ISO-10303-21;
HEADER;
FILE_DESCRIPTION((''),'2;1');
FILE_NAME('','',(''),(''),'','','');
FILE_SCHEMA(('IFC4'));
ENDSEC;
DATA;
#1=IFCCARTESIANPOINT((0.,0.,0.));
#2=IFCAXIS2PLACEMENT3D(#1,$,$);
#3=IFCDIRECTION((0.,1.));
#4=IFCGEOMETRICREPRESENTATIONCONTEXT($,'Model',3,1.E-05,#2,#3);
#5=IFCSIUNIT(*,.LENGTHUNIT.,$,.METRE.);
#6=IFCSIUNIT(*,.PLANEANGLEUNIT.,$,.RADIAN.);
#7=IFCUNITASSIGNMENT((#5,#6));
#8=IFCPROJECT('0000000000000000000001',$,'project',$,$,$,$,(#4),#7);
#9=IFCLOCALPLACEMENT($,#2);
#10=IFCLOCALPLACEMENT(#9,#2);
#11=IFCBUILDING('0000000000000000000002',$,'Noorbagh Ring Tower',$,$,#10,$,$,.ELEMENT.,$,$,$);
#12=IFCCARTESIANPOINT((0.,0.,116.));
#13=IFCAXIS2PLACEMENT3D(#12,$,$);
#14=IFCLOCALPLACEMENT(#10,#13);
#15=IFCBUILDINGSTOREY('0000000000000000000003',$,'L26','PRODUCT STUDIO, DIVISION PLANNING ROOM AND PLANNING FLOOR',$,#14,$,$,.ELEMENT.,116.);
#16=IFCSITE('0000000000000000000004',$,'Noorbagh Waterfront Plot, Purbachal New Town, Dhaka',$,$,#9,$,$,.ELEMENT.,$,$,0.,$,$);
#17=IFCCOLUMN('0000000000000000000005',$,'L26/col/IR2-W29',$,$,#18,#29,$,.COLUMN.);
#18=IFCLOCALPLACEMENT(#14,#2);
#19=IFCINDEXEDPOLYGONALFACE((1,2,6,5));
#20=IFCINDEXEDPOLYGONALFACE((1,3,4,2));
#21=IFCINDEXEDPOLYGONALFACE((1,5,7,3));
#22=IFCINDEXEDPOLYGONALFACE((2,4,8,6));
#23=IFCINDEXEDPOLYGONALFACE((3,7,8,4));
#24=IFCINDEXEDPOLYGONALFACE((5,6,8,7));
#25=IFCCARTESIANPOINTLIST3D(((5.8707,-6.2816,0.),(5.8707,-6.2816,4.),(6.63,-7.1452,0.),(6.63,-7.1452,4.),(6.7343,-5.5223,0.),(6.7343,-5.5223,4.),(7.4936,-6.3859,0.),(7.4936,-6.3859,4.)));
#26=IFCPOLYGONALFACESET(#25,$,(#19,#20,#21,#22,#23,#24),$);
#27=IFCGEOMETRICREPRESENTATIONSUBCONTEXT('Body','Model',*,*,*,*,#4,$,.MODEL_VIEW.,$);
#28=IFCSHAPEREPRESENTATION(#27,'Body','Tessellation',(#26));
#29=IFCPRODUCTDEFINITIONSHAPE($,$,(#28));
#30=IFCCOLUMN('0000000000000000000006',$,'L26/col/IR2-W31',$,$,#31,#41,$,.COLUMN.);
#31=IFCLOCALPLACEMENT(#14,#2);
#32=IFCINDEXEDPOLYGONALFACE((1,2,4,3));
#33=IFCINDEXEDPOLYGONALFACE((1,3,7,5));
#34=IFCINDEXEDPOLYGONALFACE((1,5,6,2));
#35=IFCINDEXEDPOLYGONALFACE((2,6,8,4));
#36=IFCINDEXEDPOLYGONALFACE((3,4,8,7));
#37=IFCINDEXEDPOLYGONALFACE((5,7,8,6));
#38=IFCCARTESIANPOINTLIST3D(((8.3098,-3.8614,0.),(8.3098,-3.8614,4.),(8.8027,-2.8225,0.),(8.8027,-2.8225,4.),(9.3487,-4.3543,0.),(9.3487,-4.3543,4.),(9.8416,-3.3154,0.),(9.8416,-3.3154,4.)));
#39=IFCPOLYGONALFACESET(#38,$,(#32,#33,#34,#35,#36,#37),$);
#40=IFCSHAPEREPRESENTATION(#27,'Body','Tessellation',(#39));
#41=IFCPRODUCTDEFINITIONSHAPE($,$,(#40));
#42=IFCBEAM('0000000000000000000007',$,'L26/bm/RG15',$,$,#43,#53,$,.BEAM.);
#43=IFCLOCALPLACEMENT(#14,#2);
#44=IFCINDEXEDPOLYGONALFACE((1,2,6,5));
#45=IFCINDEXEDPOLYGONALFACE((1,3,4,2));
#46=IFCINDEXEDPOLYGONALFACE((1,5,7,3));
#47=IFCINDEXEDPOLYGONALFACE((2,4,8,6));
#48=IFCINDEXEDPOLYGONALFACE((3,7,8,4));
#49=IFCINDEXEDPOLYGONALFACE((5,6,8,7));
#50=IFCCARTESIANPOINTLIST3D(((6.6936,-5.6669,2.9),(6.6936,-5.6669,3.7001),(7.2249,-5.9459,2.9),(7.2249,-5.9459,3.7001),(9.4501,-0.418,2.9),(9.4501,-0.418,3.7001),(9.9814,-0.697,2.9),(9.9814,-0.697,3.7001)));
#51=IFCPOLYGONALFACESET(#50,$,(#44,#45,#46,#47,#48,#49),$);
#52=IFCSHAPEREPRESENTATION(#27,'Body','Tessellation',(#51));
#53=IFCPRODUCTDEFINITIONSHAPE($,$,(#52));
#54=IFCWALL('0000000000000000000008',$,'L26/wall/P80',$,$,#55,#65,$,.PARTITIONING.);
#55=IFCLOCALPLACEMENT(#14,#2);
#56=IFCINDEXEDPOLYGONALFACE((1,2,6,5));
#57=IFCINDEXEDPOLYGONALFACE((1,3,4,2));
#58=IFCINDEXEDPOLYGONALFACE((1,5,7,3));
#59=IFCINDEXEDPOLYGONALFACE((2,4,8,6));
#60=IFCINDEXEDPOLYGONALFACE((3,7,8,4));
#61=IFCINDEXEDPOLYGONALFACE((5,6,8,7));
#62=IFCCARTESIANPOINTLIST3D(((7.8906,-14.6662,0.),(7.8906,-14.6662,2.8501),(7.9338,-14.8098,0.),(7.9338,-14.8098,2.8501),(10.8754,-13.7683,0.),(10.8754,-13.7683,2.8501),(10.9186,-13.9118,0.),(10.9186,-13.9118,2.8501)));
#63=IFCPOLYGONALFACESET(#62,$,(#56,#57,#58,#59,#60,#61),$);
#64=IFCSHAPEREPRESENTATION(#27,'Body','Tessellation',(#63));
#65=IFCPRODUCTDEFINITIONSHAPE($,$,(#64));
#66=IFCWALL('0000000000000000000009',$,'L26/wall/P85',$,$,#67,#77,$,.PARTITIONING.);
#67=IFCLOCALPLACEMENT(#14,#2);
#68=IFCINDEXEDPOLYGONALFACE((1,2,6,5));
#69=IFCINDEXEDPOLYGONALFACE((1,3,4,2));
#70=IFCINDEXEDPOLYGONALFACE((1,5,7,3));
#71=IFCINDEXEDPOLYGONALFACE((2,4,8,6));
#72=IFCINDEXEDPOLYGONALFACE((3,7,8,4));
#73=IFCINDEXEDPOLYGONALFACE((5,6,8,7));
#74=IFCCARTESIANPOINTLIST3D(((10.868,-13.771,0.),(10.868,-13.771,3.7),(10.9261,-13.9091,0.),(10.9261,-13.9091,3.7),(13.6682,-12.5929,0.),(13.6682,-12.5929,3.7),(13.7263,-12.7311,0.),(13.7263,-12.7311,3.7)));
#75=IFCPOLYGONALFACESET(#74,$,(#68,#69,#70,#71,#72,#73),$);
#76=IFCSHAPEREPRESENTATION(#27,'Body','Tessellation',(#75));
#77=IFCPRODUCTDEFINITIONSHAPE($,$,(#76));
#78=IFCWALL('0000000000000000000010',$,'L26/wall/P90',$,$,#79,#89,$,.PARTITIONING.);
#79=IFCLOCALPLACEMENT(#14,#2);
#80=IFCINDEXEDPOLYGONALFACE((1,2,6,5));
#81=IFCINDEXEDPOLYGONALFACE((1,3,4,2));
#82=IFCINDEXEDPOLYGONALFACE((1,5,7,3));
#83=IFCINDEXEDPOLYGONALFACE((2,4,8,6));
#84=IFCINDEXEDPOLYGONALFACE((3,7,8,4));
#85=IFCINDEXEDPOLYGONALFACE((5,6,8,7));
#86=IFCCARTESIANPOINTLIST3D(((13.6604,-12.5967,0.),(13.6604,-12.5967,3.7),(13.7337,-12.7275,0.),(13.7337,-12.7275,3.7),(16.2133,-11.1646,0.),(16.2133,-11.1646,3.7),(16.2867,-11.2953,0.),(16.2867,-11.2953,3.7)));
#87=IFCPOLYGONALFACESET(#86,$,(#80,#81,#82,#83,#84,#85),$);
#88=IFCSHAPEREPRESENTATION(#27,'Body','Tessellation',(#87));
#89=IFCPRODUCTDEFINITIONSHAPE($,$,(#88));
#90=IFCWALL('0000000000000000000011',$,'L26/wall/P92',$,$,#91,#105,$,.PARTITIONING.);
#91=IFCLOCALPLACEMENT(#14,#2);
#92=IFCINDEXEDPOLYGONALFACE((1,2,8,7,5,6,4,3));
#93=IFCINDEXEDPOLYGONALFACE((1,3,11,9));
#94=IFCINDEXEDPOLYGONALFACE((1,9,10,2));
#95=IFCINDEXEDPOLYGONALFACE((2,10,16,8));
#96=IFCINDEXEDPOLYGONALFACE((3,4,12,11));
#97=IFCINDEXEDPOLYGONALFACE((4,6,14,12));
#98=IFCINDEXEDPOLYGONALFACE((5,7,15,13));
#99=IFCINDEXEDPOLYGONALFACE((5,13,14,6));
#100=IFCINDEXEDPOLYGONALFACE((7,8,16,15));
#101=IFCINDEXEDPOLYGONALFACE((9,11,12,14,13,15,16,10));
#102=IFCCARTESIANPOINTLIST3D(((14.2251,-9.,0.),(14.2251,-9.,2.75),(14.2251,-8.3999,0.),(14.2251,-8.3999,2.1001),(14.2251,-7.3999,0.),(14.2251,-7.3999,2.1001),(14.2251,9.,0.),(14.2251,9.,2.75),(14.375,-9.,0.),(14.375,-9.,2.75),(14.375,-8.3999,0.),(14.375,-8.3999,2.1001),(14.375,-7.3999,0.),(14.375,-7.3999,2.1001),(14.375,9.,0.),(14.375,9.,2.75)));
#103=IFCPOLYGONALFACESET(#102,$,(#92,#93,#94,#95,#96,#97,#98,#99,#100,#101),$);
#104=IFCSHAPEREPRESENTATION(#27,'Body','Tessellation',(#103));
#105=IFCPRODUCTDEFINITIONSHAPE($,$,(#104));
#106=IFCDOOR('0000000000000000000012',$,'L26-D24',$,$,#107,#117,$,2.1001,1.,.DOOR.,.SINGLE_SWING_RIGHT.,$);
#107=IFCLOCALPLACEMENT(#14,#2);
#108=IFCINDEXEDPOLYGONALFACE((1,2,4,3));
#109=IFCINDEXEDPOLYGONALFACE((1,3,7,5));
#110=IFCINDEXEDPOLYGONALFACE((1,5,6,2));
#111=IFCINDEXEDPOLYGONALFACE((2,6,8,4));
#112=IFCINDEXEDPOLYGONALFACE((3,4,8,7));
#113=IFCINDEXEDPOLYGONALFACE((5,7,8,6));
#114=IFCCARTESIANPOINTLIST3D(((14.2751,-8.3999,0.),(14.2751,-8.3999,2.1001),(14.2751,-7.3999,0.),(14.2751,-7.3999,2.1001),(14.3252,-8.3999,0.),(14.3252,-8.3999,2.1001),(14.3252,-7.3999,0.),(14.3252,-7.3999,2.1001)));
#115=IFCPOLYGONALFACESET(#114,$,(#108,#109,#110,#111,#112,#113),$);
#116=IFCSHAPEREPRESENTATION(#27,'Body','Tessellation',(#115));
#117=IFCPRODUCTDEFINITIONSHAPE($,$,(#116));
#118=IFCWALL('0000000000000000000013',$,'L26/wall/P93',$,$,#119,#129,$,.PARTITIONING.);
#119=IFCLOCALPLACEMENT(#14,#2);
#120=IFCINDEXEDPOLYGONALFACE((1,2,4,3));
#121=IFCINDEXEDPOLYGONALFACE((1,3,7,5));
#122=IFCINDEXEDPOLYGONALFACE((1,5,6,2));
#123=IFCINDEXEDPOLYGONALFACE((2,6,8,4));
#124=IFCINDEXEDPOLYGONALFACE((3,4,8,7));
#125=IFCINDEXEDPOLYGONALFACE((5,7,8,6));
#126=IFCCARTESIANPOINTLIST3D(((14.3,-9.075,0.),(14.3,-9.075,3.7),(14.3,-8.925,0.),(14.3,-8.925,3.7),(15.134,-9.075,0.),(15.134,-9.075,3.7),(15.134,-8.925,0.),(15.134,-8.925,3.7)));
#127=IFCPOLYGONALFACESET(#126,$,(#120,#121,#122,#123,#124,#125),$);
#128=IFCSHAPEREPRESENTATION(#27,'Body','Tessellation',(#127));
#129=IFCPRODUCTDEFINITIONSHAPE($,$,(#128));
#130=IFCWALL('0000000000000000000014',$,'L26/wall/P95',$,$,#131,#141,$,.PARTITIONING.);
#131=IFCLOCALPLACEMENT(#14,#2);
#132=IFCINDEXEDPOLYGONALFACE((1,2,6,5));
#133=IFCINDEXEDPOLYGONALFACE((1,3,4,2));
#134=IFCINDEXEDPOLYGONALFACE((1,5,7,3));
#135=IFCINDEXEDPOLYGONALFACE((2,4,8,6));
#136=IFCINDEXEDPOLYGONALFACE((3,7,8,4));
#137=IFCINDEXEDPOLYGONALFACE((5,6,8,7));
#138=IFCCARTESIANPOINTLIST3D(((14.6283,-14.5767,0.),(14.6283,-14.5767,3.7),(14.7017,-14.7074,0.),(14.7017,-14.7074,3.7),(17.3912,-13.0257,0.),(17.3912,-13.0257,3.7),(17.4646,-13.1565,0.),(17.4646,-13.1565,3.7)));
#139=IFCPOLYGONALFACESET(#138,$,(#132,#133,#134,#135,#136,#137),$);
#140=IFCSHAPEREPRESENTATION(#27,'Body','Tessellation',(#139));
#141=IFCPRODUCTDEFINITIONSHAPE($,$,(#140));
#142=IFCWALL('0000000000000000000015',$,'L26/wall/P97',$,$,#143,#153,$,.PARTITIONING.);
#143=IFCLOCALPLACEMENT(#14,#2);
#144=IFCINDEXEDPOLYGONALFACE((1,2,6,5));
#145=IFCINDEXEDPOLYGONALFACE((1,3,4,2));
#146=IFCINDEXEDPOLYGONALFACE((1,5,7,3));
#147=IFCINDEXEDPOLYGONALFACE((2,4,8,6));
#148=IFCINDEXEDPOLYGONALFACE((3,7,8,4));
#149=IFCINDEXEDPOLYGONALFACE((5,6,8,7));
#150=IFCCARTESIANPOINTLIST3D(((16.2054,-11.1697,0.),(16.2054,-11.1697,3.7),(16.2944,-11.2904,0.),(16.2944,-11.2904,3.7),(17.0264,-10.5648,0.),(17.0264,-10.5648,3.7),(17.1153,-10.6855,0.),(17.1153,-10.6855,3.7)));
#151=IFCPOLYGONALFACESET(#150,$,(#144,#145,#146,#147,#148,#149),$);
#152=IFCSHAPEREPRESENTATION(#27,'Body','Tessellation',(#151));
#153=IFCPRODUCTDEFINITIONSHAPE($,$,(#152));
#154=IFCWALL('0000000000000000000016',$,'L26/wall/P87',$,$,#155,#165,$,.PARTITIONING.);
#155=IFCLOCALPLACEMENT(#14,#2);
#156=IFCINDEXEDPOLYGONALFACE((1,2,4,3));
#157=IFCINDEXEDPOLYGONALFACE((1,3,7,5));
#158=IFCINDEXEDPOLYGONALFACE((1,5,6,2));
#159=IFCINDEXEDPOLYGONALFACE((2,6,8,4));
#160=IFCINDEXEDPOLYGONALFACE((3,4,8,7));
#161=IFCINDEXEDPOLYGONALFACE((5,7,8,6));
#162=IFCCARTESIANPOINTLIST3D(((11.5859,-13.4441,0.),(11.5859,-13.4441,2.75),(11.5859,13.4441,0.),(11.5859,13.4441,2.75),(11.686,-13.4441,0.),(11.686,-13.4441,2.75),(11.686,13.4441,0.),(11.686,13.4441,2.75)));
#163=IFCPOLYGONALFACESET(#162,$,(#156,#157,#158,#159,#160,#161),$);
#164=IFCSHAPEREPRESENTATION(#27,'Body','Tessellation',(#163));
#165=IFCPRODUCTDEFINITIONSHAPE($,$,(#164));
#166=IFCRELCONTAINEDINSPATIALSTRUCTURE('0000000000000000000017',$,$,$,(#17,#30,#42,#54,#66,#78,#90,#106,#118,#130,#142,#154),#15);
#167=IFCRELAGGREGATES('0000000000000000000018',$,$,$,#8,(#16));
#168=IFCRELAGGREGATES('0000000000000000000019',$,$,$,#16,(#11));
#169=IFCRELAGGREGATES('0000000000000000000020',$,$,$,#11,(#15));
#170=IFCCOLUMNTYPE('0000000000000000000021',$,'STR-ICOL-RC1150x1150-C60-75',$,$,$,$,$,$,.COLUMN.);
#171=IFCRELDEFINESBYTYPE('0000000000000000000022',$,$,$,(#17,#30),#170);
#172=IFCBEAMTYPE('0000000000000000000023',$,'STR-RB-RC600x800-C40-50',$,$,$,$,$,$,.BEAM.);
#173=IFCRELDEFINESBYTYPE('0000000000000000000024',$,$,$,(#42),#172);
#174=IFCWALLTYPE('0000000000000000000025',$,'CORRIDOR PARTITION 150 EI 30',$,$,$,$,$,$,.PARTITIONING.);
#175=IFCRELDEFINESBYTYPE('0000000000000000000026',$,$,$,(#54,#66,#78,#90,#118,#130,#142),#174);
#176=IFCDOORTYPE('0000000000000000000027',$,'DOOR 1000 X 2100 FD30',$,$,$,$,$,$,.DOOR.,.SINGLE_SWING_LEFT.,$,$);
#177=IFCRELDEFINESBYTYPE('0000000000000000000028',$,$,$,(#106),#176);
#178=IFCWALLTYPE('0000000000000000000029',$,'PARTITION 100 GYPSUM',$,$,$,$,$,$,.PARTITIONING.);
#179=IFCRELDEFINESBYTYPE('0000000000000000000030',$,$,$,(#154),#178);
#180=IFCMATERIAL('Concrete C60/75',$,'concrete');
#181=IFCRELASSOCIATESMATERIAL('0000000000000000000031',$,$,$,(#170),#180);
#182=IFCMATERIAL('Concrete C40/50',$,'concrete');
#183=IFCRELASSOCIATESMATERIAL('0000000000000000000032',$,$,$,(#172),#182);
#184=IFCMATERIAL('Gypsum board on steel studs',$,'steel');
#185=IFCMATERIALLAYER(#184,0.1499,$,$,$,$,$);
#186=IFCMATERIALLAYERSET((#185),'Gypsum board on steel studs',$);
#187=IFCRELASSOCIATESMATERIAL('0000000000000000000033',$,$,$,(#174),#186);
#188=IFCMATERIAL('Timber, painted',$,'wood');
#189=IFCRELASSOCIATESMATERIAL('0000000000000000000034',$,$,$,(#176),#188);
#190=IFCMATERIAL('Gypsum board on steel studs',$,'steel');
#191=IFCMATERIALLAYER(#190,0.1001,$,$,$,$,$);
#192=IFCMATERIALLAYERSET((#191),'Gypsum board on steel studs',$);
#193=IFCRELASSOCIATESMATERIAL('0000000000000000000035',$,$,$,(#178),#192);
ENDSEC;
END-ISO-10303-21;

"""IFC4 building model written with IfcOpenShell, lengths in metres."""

from ifc_helpers import new_model, si_unit, direction, frame, frame_2d, origin, origin_2d, place, context, subcontext, project, spatial, rectangle, extrude, material, layer, layer_set, material_profile, profile_set, type_object, element, fill, save


model = new_model("IFC4")

# Units and contexts
model_context = context("Model", 3, precision=1e-05, world=origin(), true_north=direction((0.0, 1.0)))
body_context = subcontext(model_context, "Body", "Model", "MODEL_VIEW")
ifc_project = project(units=[si_unit("LENGTHUNIT", "METRE"), si_unit("PLANEANGLEUNIT", "RADIAN")], contexts=[model_context])

# Site, building, storey
site_placement = place(None, origin())
site = spatial("IfcSite", under=ifc_project, at=site_placement, Name="Noorbagh Waterfront Plot, Purbachal New Town, Dhaka", CompositionType="ELEMENT", RefElevation=0.0)
building_placement = place(site_placement, origin())
building = spatial("IfcBuilding", under=site, at=building_placement, Name="Noorbagh Ring Tower", CompositionType="ELEMENT")
storey_placement = place(building_placement, frame((0.0, 0.0, 116.0)))
storey = spatial("IfcBuildingStorey", under=building, at=storey_placement, Name="L26", Description="PRODUCT STUDIO, DIVISION PLANNING ROOM AND PLANNING FLOOR", CompositionType="ELEMENT", Elevation=116.0)

# Columns
ifc_material_1 = material(Name="Concrete C60/75", Category="concrete")
ifc_material_profile_1 = material_profile(ifc_material_1, rectangle(XDim=1.1499, YDim=1.1499, at=origin_2d()), Name="RC1150x1150")
ifc_profile_set_1 = profile_set([ifc_material_profile_1], Name="Concrete C60/75")
column_type = type_object("IfcColumnType", Name="STR-ICOL-RC1150x1150-C60-75", PredefinedType="COLUMN", material=ifc_profile_set_1)
for number, where, z_axis, x_axis, name in (
    (1, (6.6821, -6.3337, 0.0), (0.0, 0.0, 1.0), (0.751022, 0.660277, 0.0), "L26/col/IR2-W29"),
    (2, (9.0757, -3.5884, 0.0), (0.0, 0.0, 1.0), (0.428667, 0.903463, 0.0), "L26/col/IR2-W31"),
):
    element("IfcColumn", number, at=place(storey_placement, frame(where, z_axis=z_axis, x_axis=x_axis)), inside=storey, type_object=column_type, Name=name, PredefinedType="COLUMN", context=body_context, shape_type="SweptSolid", body=[
        extrude(rectangle(XDim=1.1499, YDim=1.1499, at=origin_2d()), origin(), (0.0, 0.0, 1.0), 4.0),
    ])

# Beam
ifc_material_2 = material(Name="Concrete C40/50", Category="concrete")
ifc_material_profile_2 = material_profile(ifc_material_2, rectangle(XDim=0.6001, YDim=0.8, at=origin_2d()), Name="RC600x800")
ifc_profile_set_2 = profile_set([ifc_material_profile_2], Name="Concrete C40/50")
beam_type = type_object("IfcBeamType", Name="STR-RB-RC600x800-C40-50", PredefinedType="BEAM", material=ifc_profile_set_2)
beam_placement = place(storey_placement, frame((6.9592, -5.8064, 3.3), z_axis=(0.464947, 0.885339, 0.0), x_axis=(-0.885339, 0.464947, 0.0)))
element("IfcBeam", 3, at=beam_placement, inside=storey, type_object=beam_type, Name="L26/bm/RG15", PredefinedType="BEAM", context=body_context, shape_type="SweptSolid", body=[
    extrude(rectangle(XDim=0.6001, YDim=0.8, at=origin_2d()), origin(), (0.0, 0.0, 1.0), 5.9287),
])

# Walls
ifc_material_3 = material(Name="Gypsum board on steel studs", Category="steel")
ifc_layer_1 = layer(ifc_material_3, 0.1499)
ifc_layer_set_1 = layer_set([ifc_layer_1], Name="Gypsum board on steel studs")
wall_type_1 = type_object("IfcWallType", Name="CORRIDOR PARTITION 150 EI 30", PredefinedType="PARTITIONING", material=ifc_layer_set_1)
wall_1_placement = place(storey_placement, frame((7.9121, -14.738, 0.0), z_axis=(0.0, 0.0, 1.0), x_axis=(0.957606, 0.288081, 0.0)))
element("IfcWall", 4, at=wall_1_placement, inside=storey, type_object=wall_type_1, Name="L26/wall/P80", PredefinedType="PARTITIONING", context=body_context, shape_type="SweptSolid", body=[
    extrude(rectangle(XDim=3.1169, YDim=0.1499, at=frame_2d((1.5586, 0.0))), origin(), (0.0, 0.0, 1.0), 2.8501),
])
wall_2_placement = place(storey_placement, frame((10.897, -13.8401, 0.0), z_axis=(0.0, 0.0, 1.0), x_axis=(0.921752, 0.38778, 0.0)))
element("IfcWall", 5, at=wall_2_placement, inside=storey, type_object=wall_type_1, Name="L26/wall/P85", PredefinedType="PARTITIONING", context=body_context, shape_type="SweptSolid", body=[
    extrude(rectangle(XDim=3.0378, YDim=0.1499, at=frame_2d((1.519, 0.0))), origin(), (0.0, 0.0, 1.0), 3.7),
])
wall_3_placement = place(storey_placement, frame((13.697, -12.6621, 0.0), z_axis=(0.0, 0.0, 1.0), x_axis=(0.872147, 0.489243, 0.0)))
element("IfcWall", 6, at=wall_3_placement, inside=storey, type_object=wall_type_1, Name="L26/wall/P90", PredefinedType="PARTITIONING", context=body_context, shape_type="SweptSolid", body=[
    extrude(rectangle(XDim=2.9272, YDim=0.1499, at=frame_2d((1.4636, 0.0))), origin(), (0.0, 0.0, 1.0), 3.7),
])

# Wall, opening, door
wall_4_placement = place(storey_placement, frame((14.3, -9.0, 0.0), z_axis=(0.0, 0.0, 1.0), x_axis=(0.0, 1.0, 0.0)))
wall_4 = element("IfcWall", 7, at=wall_4_placement, inside=storey, type_object=wall_type_1, Name="L26/wall/P92", PredefinedType="PARTITIONING", context=body_context, shape_type="SweptSolid", body=[
    extrude(rectangle(XDim=18.0, YDim=0.1499, at=frame_2d((9.0, 0.0))), origin(), (0.0, 0.0, 1.0), 2.75),
])
opening_placement = place(wall_4_placement, frame((0.6001, 0.0, 0.0)))
opening = element("IfcOpeningElement", 8, at=opening_placement, cuts=wall_4, PredefinedType="OPENING", context=body_context, shape_type="SweptSolid", body=[
    extrude(rectangle(XDim=1.0, YDim=2.1001, at=frame_2d((0.5, 1.05))), frame((0.0, 0.085, 0.0), z_axis=(0.0, -1.0, 0.0), x_axis=(1.0, 0.0, 0.0)), (0.0, 0.0, 1.0), 0.1699),
])
ifc_material_4 = material(Name="Timber, painted", Category="wood")
door_type = type_object("IfcDoorType", Name="DOOR 1000 X 2100 FD30", OperationType="SINGLE_SWING_LEFT", PredefinedType="DOOR", material=ifc_material_4)
door_placement = place(opening_placement, origin())
door = element("IfcDoor", 9, at=door_placement, inside=storey, type_object=door_type, Name="L26-D24", OperationType="SINGLE_SWING_RIGHT", OverallHeight=2.1001, OverallWidth=1.0, PredefinedType="DOOR", context=body_context, shape_type="SweptSolid", body=[
    extrude(rectangle(XDim=1.0, YDim=2.1001, at=frame_2d((0.5, 1.05))), frame((0.0, 0.0249, 0.0), z_axis=(0.0, -1.0, 0.0), x_axis=(1.0, 0.0, 0.0)), (0.0, 0.0, 1.0), 0.05),
])
fill(opening, door)

# Walls
wall_5_placement = place(storey_placement, frame((14.3, -9.0, 0.0), z_axis=(0.0, 0.0, 1.0), x_axis=(1.0, 0.0, 0.0)))
element("IfcWall", 10, at=wall_5_placement, inside=storey, type_object=wall_type_1, Name="L26/wall/P93", PredefinedType="PARTITIONING", context=body_context, shape_type="SweptSolid", body=[
    extrude(rectangle(XDim=0.834, YDim=0.1499, at=frame_2d((0.417, 0.0))), origin(), (0.0, 0.0, 1.0), 3.7),
])
wall_6_placement = place(storey_placement, frame((14.665, -14.6421, 0.0), z_axis=(0.0, 0.0, 1.0), x_axis=(0.871997, 0.489511, 0.0)))
element("IfcWall", 11, at=wall_6_placement, inside=storey, type_object=wall_type_1, Name="L26/wall/P95", PredefinedType="PARTITIONING", context=body_context, shape_type="SweptSolid", body=[
    extrude(rectangle(XDim=3.1685, YDim=0.1499, at=frame_2d((1.5842, 0.0))), origin(), (0.0, 0.0, 1.0), 3.7),
])
wall_7_placement = place(storey_placement, frame((16.25, -11.23, 0.0), z_axis=(0.0, 0.0, 1.0), x_axis=(0.805056, 0.593199, 0.0)))
element("IfcWall", 12, at=wall_7_placement, inside=storey, type_object=wall_type_1, Name="L26/wall/P97", PredefinedType="PARTITIONING", context=body_context, shape_type="SweptSolid", body=[
    extrude(rectangle(XDim=1.0198, YDim=0.1499, at=frame_2d((0.5098, 0.0))), origin(), (0.0, 0.0, 1.0), 3.7),
])
ifc_material_5 = material(Name="Gypsum board on steel studs", Category="steel")
ifc_layer_2 = layer(ifc_material_5, 0.1001)
ifc_layer_set_2 = layer_set([ifc_layer_2], Name="Gypsum board on steel studs")
wall_type_2 = type_object("IfcWallType", Name="PARTITION 100 GYPSUM", PredefinedType="PARTITIONING", material=ifc_layer_set_2)
wall_8_placement = place(storey_placement, frame((11.636, -13.4441, 0.0), z_axis=(0.0, 0.0, 1.0), x_axis=(0.0, 1.0, 0.0)))
element("IfcWall", 13, at=wall_8_placement, inside=storey, type_object=wall_type_2, Name="L26/wall/P87", PredefinedType="PARTITIONING", context=body_context, shape_type="SweptSolid", body=[
    extrude(rectangle(XDim=26.8882, YDim=0.1001, at=frame_2d((13.4441, 0.0))), origin(), (0.0, 0.0, 1.0), 2.75),
])

save(model, "model.ifc")
